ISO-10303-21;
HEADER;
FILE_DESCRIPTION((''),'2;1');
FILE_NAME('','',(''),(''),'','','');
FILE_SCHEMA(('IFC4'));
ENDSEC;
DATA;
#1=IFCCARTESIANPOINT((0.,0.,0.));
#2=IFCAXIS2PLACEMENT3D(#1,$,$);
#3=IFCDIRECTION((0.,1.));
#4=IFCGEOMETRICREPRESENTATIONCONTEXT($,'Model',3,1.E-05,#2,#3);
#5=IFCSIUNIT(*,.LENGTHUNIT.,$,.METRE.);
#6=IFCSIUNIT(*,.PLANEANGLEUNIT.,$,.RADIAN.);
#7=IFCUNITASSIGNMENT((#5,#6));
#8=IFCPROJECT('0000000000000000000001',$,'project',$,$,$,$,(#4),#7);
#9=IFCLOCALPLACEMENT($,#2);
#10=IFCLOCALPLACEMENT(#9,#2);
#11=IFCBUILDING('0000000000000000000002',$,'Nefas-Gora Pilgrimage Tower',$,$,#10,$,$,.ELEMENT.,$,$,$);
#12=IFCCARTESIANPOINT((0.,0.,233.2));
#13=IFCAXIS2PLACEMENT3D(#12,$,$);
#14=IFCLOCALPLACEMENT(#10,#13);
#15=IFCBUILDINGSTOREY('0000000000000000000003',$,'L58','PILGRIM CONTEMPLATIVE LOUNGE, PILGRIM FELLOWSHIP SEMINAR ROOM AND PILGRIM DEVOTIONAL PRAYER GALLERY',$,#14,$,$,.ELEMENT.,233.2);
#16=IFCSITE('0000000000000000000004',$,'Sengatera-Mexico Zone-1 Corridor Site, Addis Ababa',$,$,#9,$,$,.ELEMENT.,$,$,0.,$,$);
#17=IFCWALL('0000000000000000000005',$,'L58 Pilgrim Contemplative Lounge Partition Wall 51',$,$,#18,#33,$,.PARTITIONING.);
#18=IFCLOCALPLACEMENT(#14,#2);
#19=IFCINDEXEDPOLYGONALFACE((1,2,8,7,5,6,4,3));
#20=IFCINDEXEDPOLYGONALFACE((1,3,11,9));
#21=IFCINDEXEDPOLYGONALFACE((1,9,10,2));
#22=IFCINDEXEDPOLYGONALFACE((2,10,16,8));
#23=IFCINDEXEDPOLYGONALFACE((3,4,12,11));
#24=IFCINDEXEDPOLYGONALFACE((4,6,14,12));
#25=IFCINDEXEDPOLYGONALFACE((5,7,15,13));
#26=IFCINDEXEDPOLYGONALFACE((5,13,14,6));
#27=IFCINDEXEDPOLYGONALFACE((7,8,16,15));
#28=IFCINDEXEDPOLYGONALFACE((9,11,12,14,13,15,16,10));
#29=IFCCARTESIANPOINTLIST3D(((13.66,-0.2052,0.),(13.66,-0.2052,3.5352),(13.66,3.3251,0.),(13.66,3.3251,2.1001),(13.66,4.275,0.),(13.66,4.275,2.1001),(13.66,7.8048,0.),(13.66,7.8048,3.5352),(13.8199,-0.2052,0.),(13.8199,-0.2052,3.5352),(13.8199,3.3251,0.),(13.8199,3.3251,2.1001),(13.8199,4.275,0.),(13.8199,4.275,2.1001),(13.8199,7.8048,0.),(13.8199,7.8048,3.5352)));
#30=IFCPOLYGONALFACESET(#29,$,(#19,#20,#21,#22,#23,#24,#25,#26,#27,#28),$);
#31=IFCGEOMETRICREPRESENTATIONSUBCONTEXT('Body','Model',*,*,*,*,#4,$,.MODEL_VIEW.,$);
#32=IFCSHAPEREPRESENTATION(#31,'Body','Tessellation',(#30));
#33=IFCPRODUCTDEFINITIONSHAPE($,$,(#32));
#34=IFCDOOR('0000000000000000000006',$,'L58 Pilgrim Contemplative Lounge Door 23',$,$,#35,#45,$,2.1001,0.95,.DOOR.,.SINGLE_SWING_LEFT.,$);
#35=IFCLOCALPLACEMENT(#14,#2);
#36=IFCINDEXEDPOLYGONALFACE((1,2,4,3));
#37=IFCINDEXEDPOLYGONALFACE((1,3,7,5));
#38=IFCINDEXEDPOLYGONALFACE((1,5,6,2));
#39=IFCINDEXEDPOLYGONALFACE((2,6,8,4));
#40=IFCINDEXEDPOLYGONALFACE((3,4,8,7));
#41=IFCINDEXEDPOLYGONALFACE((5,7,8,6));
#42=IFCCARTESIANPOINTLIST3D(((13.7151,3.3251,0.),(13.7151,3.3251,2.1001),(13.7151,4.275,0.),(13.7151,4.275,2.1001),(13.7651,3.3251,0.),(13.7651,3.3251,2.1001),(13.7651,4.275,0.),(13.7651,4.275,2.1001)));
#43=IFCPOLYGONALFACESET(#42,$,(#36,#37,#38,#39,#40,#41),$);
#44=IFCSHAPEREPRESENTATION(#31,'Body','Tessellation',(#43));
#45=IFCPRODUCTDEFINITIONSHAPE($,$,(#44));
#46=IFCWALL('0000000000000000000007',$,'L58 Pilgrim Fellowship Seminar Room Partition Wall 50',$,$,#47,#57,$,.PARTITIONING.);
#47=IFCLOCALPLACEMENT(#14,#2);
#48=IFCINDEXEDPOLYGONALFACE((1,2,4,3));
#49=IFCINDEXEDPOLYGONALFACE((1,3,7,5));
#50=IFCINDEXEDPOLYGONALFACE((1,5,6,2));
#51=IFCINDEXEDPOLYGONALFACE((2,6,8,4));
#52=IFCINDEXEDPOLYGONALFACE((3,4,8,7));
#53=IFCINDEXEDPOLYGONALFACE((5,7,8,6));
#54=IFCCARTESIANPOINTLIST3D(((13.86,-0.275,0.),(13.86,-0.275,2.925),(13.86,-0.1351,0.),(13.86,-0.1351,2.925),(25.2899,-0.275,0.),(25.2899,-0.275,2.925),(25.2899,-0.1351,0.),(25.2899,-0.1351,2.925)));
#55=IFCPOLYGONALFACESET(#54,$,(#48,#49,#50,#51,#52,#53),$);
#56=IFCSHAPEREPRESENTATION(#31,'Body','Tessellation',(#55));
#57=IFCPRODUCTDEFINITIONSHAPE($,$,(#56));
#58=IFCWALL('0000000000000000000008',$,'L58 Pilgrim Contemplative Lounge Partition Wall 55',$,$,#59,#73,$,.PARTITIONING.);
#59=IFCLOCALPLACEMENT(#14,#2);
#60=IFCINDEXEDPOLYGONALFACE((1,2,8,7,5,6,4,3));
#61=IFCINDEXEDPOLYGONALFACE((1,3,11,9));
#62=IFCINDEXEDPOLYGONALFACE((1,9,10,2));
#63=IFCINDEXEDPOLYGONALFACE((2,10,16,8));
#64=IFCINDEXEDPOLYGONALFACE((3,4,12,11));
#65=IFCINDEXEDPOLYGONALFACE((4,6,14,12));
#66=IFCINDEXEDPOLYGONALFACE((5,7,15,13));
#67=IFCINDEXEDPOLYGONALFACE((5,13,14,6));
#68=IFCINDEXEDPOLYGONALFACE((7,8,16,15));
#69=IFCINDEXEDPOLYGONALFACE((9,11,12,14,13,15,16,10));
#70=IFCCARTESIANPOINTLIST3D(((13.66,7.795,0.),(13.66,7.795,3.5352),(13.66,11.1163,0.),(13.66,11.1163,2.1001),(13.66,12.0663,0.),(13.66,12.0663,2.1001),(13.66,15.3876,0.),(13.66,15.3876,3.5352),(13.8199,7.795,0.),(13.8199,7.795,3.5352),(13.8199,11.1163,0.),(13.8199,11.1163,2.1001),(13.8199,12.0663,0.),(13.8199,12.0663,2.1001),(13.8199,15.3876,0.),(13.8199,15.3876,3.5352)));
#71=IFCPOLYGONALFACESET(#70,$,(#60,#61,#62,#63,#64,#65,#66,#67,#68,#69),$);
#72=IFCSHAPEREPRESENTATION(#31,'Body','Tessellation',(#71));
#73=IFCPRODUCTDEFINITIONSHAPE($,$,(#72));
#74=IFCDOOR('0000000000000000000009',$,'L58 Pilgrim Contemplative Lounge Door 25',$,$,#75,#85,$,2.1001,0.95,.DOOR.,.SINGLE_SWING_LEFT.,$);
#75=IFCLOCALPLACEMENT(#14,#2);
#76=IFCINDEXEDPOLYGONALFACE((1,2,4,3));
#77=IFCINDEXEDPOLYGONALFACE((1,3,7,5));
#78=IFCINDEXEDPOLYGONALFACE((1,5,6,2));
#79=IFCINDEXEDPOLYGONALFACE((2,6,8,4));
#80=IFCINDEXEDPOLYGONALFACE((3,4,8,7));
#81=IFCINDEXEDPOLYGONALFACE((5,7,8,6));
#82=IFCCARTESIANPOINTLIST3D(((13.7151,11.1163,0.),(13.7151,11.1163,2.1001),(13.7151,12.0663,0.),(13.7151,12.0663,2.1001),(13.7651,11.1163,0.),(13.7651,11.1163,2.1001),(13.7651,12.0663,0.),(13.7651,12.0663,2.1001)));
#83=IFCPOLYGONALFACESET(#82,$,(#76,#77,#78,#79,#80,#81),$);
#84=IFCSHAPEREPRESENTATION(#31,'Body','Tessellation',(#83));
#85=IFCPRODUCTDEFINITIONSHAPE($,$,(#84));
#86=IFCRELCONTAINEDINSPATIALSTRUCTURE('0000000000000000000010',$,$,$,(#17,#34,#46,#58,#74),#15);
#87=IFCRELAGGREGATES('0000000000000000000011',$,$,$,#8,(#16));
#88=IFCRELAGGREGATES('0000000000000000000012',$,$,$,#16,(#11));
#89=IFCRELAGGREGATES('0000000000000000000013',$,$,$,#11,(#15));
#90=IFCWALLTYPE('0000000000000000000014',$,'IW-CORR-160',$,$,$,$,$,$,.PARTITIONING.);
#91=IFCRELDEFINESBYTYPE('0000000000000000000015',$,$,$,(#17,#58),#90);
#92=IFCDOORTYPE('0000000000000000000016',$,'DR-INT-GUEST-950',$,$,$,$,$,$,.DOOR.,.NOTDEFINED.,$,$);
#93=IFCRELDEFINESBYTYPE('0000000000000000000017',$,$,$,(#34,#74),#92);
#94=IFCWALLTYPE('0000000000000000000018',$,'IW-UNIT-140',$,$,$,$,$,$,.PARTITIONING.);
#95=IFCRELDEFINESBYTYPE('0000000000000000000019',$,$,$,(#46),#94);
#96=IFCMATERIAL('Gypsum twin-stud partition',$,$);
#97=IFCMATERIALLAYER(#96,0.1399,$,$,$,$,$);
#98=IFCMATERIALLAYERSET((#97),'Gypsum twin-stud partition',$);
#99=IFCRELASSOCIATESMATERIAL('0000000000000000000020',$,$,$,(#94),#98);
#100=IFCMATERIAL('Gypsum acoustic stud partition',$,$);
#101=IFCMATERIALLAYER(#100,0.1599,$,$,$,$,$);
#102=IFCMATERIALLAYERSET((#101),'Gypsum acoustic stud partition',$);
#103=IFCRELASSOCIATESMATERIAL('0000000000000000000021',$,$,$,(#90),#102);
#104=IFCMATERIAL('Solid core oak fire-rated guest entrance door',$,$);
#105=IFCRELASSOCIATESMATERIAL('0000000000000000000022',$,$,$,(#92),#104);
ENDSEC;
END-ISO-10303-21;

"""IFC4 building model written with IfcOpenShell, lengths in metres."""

from ifc_helpers import new_model, si_unit, direction, frame, frame_2d, origin, place, context, subcontext, project, spatial, rectangle, extrude, source, transform, mapped, material, layer, layer_set, type_object, element, fill, save


model = new_model("IFC4")

# Units and contexts
model_context = context("Model", 3, precision=1e-05, world=origin(), true_north=direction((0.0, 1.0)))
body_context = subcontext(model_context, "Body", "Model", "MODEL_VIEW")
ifc_project = project(units=[si_unit("LENGTHUNIT", "METRE"), si_unit("PLANEANGLEUNIT", "RADIAN")], contexts=[model_context])

# Site, building, storey
site_placement = place(None, origin())
site = spatial("IfcSite", under=ifc_project, at=site_placement, Name="Sengatera-Mexico Zone-1 Corridor Site, Addis Ababa", CompositionType="ELEMENT", RefElevation=0.0)
building_placement = place(site_placement, origin())
building = spatial("IfcBuilding", under=site, at=building_placement, Name="Nefas-Gora Pilgrimage Tower", CompositionType="ELEMENT")
storey_placement = place(building_placement, frame((0.0, 0.0, 233.2)))
storey = spatial("IfcBuildingStorey", under=building, at=storey_placement, Name="L58", Description="PILGRIM CONTEMPLATIVE LOUNGE, PILGRIM FELLOWSHIP SEMINAR ROOM AND PILGRIM DEVOTIONAL PRAYER GALLERY", CompositionType="ELEMENT", Elevation=233.2)

# Shared definitions
ifc_material_1 = material(Name="Gypsum twin-stud partition")
ifc_layer_1 = layer(ifc_material_1, 0.1399)
ifc_layer_set_1 = layer_set([ifc_layer_1], Name="Gypsum twin-stud partition")
wall_type_1 = type_object("IfcWallType", Name="IW-UNIT-140", PredefinedType="PARTITIONING", material=ifc_layer_set_1)

# Wall, opening, door
ifc_material_2 = material(Name="Gypsum acoustic stud partition")
ifc_layer_2 = layer(ifc_material_2, 0.1599)
ifc_layer_set_2 = layer_set([ifc_layer_2], Name="Gypsum acoustic stud partition")
wall_type_2 = type_object("IfcWallType", Name="IW-CORR-160", PredefinedType="PARTITIONING", material=ifc_layer_set_2)
shared_shape_1 = source(origin(), body_context, "Body", "SweptSolid", [
    extrude(rectangle(XDim=8.01, YDim=0.1599, at=frame_2d((4.0049, 0.0))), origin(), (0.0, 0.0, 1.0), 3.5352),
])
wall_1_placement = place(storey_placement, frame((13.74, -0.2051, 0.0), z_axis=(0.0, 0.0, 1.0), x_axis=(0.0, 1.0, 0.0)))
wall_1 = element("IfcWall", 1, at=wall_1_placement, inside=storey, type_object=wall_type_2, Name="L58 Pilgrim Contemplative Lounge Partition Wall 51", PredefinedType="PARTITIONING", context=body_context, shape_type="MappedRepresentation", body=[
    mapped(shared_shape_1, transform((0.0, 0.0, 0.0), x_axis=(1.0, 0.0, 0.0), y_axis=(0.0, 1.0, 0.0), z_axis=(0.0, 0.0, 1.0), scale=1.0)),
])
opening_1_placement = place(wall_1_placement, frame((3.53, 0.0, 0.0)))
opening_1 = element("IfcOpeningElement", 2, at=opening_1_placement, cuts=wall_1, PredefinedType="OPENING", context=body_context, shape_type="SweptSolid", body=[
    extrude(rectangle(XDim=0.95, YDim=2.1001, at=frame_2d((0.4751, 1.05))), frame((0.0, 0.0898, 0.0), z_axis=(0.0, -1.0, 0.0), x_axis=(1.0, 0.0, 0.0)), (0.0, 0.0, 1.0), 0.1799),
])
ifc_material_3 = material(Name="Solid core oak fire-rated guest entrance door")
door_type = type_object("IfcDoorType", Name="DR-INT-GUEST-950", OperationType="NOTDEFINED", PredefinedType="DOOR", material=ifc_material_3)
shared_shape_2 = source(origin(), body_context, "Body", "SweptSolid", [
    extrude(rectangle(XDim=0.95, YDim=2.1001, at=frame_2d((0.4751, 1.05))), frame((0.0, 0.0249, 0.0), z_axis=(0.0, -1.0, 0.0), x_axis=(1.0, 0.0, 0.0)), (0.0, 0.0, 1.0), 0.05),
])
door_1_placement = place(opening_1_placement, origin())
door_1 = element("IfcDoor", 3, at=door_1_placement, inside=storey, type_object=door_type, Name="L58 Pilgrim Contemplative Lounge Door 23", OperationType="SINGLE_SWING_LEFT", OverallHeight=2.1001, OverallWidth=0.95, PredefinedType="DOOR", context=body_context, shape_type="MappedRepresentation", body=[
    mapped(shared_shape_2, transform((0.0, 0.0, 0.0), x_axis=(1.0, 0.0, 0.0), y_axis=(0.0, 1.0, 0.0), z_axis=(0.0, 0.0, 1.0), scale=1.0)),
])
fill(opening_1, door_1)

# Wall
shared_shape_3 = source(origin(), body_context, "Body", "SweptSolid", [
    extrude(rectangle(XDim=11.4299, YDim=0.1399, at=frame_2d((5.7148, 0.0))), origin(), (0.0, 0.0, 1.0), 2.925),
])
wall_2_placement = place(storey_placement, frame((13.8601, -0.2051, 0.0), z_axis=(0.0, 0.0, 1.0), x_axis=(1.0, 0.0, 0.0)))
element("IfcWall", 4, at=wall_2_placement, inside=storey, type_object=wall_type_1, Name="L58 Pilgrim Fellowship Seminar Room Partition Wall 50", PredefinedType="PARTITIONING", context=body_context, shape_type="MappedRepresentation", body=[
    mapped(shared_shape_3, transform((0.0, 0.0, 0.0), x_axis=(1.0, 0.0, 0.0), y_axis=(0.0, 1.0, 0.0), z_axis=(0.0, 0.0, 1.0), scale=1.0)),
])

# Wall, opening, door
shared_shape_4 = source(origin(), body_context, "Body", "SweptSolid", [
    extrude(rectangle(XDim=7.5925, YDim=0.1599, at=frame_2d((3.7964, 0.0))), origin(), (0.0, 0.0, 1.0), 3.5352),
])
wall_3_placement = place(storey_placement, frame((13.74, 7.7949, 0.0), z_axis=(0.0, 0.0, 1.0), x_axis=(0.0, 1.0, 0.0)))
wall_3 = element("IfcWall", 5, at=wall_3_placement, inside=storey, type_object=wall_type_2, Name="L58 Pilgrim Contemplative Lounge Partition Wall 55", PredefinedType="PARTITIONING", context=body_context, shape_type="MappedRepresentation", body=[
    mapped(shared_shape_4, transform((0.0, 0.0, 0.0), x_axis=(1.0, 0.0, 0.0), y_axis=(0.0, 1.0, 0.0), z_axis=(0.0, 0.0, 1.0), scale=1.0)),
])
opening_2_placement = place(wall_3_placement, frame((3.3213, 0.0, 0.0)))
opening_2 = element("IfcOpeningElement", 6, at=opening_2_placement, cuts=wall_3, PredefinedType="OPENING", context=body_context, shape_type="SweptSolid", body=[
    extrude(rectangle(XDim=0.95, YDim=2.1001, at=frame_2d((0.4751, 1.05))), frame((0.0, 0.0898, 0.0), z_axis=(0.0, -1.0, 0.0), x_axis=(1.0, 0.0, 0.0)), (0.0, 0.0, 1.0), 0.1799),
])
door_2_placement = place(opening_2_placement, origin())
door_2 = element("IfcDoor", 7, at=door_2_placement, inside=storey, type_object=door_type, Name="L58 Pilgrim Contemplative Lounge Door 25", OperationType="SINGLE_SWING_LEFT", OverallHeight=2.1001, OverallWidth=0.95, PredefinedType="DOOR", context=body_context, shape_type="MappedRepresentation", body=[
    mapped(shared_shape_2, transform((0.0, 0.0, 0.0), x_axis=(1.0, 0.0, 0.0), y_axis=(0.0, 1.0, 0.0), z_axis=(0.0, 0.0, 1.0), scale=1.0)),
])
fill(opening_2, door_2)

save(model, "model.ifc")
